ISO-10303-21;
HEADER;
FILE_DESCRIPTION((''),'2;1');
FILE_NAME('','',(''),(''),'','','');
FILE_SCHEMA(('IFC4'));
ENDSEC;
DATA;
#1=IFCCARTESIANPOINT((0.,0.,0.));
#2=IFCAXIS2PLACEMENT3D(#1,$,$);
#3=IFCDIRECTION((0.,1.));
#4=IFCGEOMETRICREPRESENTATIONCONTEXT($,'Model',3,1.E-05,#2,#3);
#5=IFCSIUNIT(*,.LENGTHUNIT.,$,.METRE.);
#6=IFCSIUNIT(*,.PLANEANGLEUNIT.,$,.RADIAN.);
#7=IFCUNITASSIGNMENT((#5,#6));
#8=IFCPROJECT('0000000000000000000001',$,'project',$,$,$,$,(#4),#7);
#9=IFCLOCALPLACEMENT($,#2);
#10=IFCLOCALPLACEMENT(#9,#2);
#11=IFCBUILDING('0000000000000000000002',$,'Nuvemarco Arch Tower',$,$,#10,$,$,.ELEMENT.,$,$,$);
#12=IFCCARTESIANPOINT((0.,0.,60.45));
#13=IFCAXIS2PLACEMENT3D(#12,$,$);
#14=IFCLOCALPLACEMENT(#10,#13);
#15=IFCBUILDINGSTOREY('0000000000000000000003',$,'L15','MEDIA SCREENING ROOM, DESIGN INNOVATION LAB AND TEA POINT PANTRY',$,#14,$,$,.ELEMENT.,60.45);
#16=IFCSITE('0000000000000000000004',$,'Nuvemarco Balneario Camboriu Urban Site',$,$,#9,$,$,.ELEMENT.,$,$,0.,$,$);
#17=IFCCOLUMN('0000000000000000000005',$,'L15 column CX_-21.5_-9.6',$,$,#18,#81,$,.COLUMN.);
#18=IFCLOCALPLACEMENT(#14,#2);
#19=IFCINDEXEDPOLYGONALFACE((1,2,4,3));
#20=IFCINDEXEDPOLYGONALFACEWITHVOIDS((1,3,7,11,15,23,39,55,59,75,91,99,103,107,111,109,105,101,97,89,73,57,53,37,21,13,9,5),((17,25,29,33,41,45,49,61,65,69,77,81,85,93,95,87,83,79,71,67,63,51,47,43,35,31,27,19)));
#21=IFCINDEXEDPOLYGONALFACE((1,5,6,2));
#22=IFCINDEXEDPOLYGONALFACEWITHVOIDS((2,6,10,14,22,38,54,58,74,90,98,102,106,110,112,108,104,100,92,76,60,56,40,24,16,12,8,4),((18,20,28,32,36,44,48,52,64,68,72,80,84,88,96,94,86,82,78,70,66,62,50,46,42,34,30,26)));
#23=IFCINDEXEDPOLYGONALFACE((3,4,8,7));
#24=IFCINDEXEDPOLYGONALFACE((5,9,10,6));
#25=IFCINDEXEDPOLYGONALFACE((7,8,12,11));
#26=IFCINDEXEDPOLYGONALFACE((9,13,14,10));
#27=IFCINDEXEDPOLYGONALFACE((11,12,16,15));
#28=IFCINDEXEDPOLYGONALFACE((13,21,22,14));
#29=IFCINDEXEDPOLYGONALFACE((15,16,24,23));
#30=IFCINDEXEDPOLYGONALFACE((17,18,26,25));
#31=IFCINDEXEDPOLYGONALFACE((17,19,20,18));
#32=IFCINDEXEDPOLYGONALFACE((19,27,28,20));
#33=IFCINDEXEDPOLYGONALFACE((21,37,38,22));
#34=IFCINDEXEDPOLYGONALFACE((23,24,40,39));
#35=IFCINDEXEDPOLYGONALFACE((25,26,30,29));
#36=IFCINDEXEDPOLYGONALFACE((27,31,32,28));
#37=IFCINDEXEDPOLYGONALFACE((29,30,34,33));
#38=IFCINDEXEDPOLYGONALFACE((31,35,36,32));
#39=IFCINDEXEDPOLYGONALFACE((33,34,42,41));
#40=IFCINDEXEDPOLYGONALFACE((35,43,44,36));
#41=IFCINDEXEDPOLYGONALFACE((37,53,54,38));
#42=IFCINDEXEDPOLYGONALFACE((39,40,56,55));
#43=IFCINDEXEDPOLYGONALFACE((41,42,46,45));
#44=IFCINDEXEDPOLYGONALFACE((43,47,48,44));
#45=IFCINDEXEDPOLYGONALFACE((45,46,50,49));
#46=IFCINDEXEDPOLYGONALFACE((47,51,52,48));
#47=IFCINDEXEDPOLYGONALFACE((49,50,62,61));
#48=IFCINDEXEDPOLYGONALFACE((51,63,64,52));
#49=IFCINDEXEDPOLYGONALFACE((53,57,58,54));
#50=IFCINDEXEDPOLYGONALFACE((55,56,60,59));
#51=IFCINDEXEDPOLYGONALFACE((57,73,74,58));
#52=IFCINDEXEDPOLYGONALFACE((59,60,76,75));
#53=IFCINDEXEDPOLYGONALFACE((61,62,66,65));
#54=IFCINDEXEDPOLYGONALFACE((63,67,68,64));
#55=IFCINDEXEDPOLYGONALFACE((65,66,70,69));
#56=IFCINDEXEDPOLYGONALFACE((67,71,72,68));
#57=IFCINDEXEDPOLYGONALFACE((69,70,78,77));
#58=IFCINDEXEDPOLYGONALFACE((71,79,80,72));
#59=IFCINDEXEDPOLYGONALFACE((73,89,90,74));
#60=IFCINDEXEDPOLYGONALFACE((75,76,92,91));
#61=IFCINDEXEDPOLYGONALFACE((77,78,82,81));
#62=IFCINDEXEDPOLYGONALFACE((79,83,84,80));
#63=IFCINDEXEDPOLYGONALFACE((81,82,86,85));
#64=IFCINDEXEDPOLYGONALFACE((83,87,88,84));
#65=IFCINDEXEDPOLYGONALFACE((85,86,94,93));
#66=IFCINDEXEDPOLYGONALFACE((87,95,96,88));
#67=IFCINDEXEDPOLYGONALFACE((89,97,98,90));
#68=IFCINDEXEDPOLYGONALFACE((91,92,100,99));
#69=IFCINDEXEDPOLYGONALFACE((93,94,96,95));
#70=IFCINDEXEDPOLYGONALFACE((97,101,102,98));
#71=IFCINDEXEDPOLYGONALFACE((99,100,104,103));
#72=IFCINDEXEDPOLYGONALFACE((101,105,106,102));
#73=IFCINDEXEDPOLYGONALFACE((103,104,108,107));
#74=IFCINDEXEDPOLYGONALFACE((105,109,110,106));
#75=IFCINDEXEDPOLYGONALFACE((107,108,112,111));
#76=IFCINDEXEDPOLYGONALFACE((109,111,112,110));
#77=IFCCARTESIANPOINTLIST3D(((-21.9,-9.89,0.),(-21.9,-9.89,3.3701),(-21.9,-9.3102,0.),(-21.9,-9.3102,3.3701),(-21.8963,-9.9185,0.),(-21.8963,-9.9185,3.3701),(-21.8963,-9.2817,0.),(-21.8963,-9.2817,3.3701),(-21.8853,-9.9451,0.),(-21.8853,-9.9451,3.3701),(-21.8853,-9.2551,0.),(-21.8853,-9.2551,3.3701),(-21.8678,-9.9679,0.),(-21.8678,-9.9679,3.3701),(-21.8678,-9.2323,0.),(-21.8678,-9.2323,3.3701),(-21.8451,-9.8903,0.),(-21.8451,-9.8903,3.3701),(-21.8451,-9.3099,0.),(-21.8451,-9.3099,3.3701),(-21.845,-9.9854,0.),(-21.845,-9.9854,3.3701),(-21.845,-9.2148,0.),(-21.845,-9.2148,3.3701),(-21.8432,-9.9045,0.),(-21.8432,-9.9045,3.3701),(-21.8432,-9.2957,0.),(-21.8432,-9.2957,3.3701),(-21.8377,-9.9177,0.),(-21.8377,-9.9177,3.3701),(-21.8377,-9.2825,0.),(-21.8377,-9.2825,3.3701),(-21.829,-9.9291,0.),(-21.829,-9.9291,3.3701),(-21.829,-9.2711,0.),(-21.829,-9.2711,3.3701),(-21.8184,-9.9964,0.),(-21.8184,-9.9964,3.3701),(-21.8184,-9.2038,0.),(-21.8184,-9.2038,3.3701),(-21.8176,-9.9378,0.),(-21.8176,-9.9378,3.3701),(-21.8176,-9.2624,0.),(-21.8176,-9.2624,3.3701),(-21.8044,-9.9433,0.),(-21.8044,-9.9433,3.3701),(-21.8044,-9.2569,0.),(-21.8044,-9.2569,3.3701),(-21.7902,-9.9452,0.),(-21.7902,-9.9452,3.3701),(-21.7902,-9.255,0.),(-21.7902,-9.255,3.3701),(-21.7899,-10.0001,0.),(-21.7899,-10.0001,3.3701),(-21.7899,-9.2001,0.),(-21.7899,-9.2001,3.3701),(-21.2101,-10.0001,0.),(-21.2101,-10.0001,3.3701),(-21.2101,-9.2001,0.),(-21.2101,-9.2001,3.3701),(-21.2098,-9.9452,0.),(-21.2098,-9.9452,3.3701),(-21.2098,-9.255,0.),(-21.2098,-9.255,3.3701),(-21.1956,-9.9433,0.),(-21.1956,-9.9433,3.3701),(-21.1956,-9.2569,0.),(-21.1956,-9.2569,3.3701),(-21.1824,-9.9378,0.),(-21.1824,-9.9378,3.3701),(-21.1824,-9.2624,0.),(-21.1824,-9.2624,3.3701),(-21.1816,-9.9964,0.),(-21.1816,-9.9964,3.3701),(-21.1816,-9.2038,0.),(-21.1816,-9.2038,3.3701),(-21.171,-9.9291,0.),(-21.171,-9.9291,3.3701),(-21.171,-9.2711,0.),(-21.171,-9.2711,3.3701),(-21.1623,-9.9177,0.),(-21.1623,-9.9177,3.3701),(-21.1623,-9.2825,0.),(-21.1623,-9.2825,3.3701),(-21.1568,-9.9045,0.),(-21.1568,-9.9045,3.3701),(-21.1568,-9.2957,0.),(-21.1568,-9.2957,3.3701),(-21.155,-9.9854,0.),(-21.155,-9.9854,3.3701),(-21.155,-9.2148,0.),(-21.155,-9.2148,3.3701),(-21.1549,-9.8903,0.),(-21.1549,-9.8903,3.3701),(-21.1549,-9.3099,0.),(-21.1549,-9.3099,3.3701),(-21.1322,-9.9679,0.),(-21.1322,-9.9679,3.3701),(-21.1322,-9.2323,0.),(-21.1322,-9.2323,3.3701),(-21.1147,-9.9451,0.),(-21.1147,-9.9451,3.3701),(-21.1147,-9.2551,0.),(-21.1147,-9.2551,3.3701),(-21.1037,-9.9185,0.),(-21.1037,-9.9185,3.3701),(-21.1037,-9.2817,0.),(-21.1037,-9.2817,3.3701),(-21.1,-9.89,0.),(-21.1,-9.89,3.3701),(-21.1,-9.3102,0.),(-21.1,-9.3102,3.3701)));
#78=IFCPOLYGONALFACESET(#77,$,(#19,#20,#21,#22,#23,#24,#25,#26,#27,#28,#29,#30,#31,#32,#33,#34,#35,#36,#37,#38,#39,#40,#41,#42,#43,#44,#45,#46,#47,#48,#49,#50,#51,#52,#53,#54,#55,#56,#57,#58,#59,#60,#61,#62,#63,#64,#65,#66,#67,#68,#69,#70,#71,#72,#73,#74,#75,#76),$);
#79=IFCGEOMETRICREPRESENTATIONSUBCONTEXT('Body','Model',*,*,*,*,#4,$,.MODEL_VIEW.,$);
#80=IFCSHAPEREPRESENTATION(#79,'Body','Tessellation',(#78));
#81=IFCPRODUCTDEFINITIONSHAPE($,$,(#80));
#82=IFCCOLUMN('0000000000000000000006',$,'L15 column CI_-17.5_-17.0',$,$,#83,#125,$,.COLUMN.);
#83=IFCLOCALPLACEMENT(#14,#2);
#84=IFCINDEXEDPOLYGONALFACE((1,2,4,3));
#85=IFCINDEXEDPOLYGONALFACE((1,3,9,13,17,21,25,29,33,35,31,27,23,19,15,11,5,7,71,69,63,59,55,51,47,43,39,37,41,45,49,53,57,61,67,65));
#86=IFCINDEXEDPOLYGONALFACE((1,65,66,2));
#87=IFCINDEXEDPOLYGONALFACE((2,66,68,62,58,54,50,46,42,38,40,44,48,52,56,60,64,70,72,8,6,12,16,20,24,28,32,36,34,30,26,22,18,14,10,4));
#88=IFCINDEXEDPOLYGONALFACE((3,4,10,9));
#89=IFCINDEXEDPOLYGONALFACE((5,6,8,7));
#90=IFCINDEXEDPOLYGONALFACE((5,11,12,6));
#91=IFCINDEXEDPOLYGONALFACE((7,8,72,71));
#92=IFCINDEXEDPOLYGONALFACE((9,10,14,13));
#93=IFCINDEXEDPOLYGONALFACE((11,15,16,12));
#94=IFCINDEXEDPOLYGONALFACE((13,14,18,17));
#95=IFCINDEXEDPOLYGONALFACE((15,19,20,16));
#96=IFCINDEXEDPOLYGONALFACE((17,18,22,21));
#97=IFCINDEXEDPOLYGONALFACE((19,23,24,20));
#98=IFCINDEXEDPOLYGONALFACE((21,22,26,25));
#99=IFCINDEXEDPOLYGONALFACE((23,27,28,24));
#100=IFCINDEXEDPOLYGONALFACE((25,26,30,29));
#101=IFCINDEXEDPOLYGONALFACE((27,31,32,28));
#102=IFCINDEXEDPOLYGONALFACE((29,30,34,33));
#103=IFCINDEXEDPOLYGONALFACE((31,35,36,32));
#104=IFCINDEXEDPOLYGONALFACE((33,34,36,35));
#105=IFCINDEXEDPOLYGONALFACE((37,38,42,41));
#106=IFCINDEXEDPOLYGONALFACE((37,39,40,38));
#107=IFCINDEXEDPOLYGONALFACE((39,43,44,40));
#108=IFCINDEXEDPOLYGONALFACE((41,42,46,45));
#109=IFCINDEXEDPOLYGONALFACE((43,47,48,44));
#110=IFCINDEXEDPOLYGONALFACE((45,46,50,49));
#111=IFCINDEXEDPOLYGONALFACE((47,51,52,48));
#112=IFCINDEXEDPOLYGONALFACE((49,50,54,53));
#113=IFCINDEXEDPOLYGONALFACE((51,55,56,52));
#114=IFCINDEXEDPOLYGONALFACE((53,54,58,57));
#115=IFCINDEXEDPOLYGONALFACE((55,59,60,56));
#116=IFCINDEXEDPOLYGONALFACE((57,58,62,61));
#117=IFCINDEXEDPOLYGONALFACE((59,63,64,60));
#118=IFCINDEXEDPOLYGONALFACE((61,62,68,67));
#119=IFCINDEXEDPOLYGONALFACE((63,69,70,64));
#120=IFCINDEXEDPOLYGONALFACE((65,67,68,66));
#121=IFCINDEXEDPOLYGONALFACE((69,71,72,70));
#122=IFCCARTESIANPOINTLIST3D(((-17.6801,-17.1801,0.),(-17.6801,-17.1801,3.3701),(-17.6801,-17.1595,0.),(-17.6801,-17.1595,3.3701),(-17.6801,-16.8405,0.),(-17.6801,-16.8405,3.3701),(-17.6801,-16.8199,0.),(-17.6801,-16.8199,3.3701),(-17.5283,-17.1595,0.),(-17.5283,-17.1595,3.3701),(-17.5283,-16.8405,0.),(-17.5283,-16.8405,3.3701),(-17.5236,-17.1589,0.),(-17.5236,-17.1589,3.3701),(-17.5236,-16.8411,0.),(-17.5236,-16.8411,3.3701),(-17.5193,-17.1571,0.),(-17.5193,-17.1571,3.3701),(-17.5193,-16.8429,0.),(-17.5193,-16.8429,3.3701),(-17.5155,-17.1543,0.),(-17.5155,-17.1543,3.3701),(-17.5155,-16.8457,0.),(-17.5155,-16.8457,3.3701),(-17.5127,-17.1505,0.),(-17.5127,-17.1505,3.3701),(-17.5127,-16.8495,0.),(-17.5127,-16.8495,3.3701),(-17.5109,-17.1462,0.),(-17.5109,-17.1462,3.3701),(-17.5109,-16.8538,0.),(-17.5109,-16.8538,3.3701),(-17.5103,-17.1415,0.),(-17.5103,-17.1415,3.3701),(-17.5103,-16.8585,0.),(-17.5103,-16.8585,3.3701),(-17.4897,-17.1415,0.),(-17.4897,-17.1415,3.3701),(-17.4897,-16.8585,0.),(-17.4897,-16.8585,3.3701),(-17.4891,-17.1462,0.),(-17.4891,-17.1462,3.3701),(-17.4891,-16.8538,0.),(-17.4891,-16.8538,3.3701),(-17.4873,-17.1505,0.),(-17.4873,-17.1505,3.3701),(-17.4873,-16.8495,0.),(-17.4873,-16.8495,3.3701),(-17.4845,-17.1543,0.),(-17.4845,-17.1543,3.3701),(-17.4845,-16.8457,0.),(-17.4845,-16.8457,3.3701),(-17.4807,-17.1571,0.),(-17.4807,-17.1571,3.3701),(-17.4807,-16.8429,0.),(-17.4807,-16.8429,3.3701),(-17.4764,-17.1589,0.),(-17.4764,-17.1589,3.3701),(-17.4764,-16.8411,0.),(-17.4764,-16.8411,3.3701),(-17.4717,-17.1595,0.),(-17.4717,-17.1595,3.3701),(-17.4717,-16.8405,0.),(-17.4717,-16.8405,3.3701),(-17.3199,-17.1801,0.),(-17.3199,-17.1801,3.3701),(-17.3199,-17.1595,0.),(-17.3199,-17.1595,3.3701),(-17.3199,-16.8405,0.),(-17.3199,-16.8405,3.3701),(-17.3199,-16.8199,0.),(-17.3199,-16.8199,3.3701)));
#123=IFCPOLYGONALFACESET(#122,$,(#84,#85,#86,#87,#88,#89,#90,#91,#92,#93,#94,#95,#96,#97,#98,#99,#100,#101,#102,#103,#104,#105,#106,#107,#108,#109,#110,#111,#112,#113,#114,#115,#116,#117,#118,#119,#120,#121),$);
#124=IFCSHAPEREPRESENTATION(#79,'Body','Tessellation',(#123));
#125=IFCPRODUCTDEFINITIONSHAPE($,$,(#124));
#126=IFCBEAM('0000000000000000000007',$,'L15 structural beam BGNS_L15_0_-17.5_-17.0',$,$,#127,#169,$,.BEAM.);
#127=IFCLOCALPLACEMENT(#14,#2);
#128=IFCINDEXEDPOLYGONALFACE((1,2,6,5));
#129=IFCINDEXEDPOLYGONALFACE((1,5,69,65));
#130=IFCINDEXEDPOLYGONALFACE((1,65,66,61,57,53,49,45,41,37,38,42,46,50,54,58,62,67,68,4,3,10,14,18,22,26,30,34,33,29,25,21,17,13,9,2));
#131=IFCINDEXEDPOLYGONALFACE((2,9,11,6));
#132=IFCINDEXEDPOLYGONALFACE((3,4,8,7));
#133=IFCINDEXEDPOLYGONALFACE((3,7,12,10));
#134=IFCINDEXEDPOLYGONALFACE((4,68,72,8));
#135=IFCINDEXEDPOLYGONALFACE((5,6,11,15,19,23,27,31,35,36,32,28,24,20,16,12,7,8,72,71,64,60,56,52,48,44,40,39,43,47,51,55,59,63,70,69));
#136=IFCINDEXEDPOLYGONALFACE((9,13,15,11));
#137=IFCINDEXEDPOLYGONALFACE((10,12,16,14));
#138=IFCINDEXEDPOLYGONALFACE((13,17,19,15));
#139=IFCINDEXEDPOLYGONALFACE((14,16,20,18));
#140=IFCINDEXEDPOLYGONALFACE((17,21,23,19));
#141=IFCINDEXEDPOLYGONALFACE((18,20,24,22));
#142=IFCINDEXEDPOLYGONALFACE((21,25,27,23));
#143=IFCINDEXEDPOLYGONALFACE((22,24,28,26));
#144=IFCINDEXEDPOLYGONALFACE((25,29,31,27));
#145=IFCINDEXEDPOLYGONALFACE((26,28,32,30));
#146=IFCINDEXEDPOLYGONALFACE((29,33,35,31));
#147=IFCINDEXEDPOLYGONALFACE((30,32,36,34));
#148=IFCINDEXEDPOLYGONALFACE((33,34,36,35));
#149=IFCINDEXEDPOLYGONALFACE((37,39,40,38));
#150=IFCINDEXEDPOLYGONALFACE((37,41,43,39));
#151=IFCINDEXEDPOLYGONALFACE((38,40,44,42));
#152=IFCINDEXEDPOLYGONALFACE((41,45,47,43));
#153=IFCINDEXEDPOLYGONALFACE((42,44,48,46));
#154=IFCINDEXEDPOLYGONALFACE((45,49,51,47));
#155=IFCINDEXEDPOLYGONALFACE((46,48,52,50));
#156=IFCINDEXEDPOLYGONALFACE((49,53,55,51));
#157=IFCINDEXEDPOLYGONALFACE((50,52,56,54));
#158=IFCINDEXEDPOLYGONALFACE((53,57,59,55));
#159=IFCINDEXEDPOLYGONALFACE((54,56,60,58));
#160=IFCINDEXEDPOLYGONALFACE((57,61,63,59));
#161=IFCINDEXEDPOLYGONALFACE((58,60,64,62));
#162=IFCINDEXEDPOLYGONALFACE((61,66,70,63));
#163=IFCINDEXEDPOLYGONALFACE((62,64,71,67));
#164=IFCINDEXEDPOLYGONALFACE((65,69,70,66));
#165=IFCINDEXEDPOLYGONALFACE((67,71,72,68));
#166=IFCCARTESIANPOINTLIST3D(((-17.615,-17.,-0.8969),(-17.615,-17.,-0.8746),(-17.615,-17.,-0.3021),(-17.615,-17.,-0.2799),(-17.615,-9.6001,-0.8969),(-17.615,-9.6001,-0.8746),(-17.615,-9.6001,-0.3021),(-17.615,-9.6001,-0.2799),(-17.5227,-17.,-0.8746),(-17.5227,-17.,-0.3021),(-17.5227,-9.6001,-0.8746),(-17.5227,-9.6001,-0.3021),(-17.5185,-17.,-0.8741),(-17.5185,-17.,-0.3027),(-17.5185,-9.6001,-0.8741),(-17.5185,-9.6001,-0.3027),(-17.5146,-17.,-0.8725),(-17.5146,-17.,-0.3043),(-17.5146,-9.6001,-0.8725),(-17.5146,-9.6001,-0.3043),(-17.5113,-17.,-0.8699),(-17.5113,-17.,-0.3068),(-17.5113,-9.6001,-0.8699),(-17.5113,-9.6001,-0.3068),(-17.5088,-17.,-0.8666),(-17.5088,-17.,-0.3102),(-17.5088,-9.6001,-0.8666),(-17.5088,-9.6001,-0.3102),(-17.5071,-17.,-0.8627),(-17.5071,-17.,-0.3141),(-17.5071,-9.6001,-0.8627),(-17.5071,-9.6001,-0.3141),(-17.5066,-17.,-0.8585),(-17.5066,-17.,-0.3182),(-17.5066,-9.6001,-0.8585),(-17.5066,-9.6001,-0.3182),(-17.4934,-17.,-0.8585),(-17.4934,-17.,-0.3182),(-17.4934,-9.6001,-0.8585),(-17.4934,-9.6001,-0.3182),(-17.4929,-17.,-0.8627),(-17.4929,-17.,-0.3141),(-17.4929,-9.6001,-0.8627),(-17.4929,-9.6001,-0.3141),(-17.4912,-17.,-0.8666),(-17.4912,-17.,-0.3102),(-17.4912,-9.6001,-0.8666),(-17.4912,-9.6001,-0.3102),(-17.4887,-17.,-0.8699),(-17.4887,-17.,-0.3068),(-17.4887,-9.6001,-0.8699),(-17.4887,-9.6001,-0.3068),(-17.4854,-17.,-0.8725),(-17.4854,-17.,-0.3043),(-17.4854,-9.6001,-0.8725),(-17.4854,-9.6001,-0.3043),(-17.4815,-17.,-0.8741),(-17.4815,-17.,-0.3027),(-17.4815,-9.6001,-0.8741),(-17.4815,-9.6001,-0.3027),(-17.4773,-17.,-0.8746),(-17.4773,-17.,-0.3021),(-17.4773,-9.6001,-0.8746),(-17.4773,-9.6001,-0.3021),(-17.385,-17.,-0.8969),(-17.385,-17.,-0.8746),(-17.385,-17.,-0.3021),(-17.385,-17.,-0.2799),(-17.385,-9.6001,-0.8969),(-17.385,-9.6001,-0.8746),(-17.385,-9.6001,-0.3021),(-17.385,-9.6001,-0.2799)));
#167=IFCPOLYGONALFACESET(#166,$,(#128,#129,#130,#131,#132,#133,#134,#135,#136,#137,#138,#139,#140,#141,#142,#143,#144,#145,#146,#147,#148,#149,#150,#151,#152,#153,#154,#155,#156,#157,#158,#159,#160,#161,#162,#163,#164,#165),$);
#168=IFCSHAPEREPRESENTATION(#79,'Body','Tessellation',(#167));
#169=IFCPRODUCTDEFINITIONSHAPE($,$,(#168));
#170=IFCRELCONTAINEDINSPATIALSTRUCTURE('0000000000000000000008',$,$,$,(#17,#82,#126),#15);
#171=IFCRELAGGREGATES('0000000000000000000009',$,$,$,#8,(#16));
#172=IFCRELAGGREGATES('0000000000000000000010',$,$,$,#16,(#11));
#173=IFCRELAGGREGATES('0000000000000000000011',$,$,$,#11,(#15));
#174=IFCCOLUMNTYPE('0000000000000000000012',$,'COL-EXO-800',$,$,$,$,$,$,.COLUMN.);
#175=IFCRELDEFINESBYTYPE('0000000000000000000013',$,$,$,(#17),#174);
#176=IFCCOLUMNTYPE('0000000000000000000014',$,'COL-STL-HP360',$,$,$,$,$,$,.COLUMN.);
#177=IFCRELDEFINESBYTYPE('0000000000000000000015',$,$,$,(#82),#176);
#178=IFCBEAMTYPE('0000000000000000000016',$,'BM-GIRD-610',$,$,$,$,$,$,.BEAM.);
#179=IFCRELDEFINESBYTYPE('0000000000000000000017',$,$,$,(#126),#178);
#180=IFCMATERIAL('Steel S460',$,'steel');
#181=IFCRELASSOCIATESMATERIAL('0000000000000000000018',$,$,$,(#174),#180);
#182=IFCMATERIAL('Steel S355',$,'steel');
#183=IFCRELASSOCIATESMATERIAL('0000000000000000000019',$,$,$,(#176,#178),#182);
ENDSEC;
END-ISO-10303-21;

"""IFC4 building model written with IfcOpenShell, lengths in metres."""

from ifc_helpers import new_model, si_unit, direction, frame, origin, origin_2d, place, context, subcontext, project, spatial, hollow_rectangle, i_section, extrude, material, material_profile, profile_set, type_object, element, save


model = new_model("IFC4")

# Units and contexts
model_context = context("Model", 3, precision=1e-05, world=origin(), true_north=direction((0.0, 1.0)))
body_context = subcontext(model_context, "Body", "Model", "MODEL_VIEW")
ifc_project = project(units=[si_unit("LENGTHUNIT", "METRE"), si_unit("PLANEANGLEUNIT", "RADIAN")], contexts=[model_context])

# Site, building, storey
site_placement = place(None, origin())
site = spatial("IfcSite", under=ifc_project, at=site_placement, Name="Nuvemarco Balneario Camboriu Urban Site", CompositionType="ELEMENT", RefElevation=0.0)
building_placement = place(site_placement, origin())
building = spatial("IfcBuilding", under=site, at=building_placement, Name="Nuvemarco Arch Tower", CompositionType="ELEMENT")
storey_placement = place(building_placement, frame((0.0, 0.0, 60.45)))
storey = spatial("IfcBuildingStorey", under=building, at=storey_placement, Name="L15", Description="MEDIA SCREENING ROOM, DESIGN INNOVATION LAB AND TEA POINT PANTRY", CompositionType="ELEMENT", Elevation=60.45)

# Columns
ifc_material_1 = material(Name="Steel S460", Category="steel")
ifc_material_profile_1 = material_profile(ifc_material_1, hollow_rectangle(XDim=0.8, YDim=0.8, WallThickness=0.0549, InnerFilletRadius=0.0549, OuterFilletRadius=0.1101, at=origin_2d()), Name="SHS800x800x55")
ifc_profile_set_1 = profile_set([ifc_material_profile_1], Name="Steel S460")
column_type_1 = type_object("IfcColumnType", Name="COL-EXO-800", PredefinedType="COLUMN", material=ifc_profile_set_1)
column_1_placement = place(storey_placement, frame((-21.5, -9.6001, 0.0), z_axis=(0.0, 0.0, 1.0), x_axis=(1.0, 0.0, 0.0)))
element("IfcColumn", 1, at=column_1_placement, inside=storey, type_object=column_type_1, Name="L15 column CX_-21.5_-9.6", PredefinedType="COLUMN", context=body_context, shape_type="SweptSolid", body=[
    extrude(hollow_rectangle(XDim=0.8, YDim=0.8, WallThickness=0.0549, InnerFilletRadius=0.0549, OuterFilletRadius=0.1101, at=origin_2d()), origin(), (0.0, 0.0, 1.0), 3.3701),
])
ifc_material_2 = material(Name="Steel S355", Category="steel")
ifc_material_profile_2 = material_profile(ifc_material_2, i_section(OverallWidth=0.3601, OverallDepth=0.3601, WebThickness=0.0205, FlangeThickness=0.0205, FilletRadius=0.0181, at=origin_2d()), Name="HP360x174")
ifc_profile_set_2 = profile_set([ifc_material_profile_2], Name="Steel S355")
column_type_2 = type_object("IfcColumnType", Name="COL-STL-HP360", PredefinedType="COLUMN", material=ifc_profile_set_2)
column_2_placement = place(storey_placement, frame((-17.5, -17.0, 0.0), z_axis=(0.0, 0.0, 1.0), x_axis=(1.0, 0.0, 0.0)))
element("IfcColumn", 2, at=column_2_placement, inside=storey, type_object=column_type_2, Name="L15 column CI_-17.5_-17.0", PredefinedType="COLUMN", context=body_context, shape_type="SweptSolid", body=[
    extrude(i_section(OverallWidth=0.3601, OverallDepth=0.3601, WebThickness=0.0205, FlangeThickness=0.0205, FilletRadius=0.0181, at=origin_2d()), origin(), (0.0, 0.0, 1.0), 3.3701),
])

# Beam
ifc_material_profile_3 = material_profile(ifc_material_2, i_section(OverallWidth=0.23, OverallDepth=0.6169, WebThickness=0.0132, FlangeThickness=0.0222, FilletRadius=0.0161, at=origin_2d()), Name="W610x140")
ifc_profile_set_3 = profile_set([ifc_material_profile_3], Name="Steel S355")
beam_type_1 = type_object("IfcBeamType", Name="BM-GIRD-610", PredefinedType="BEAM", material=ifc_profile_set_3)
beam_1_placement = place(storey_placement, frame((-17.5, -17.0, -0.5884), z_axis=(0.0, 1.0, 0.0), x_axis=(-1.0, 0.0, 0.0)))
element("IfcBeam", 3, at=beam_1_placement, inside=storey, type_object=beam_type_1, Name="L15 structural beam BGNS_L15_0_-17.5_-17.0", PredefinedType="BEAM", context=body_context, shape_type="SweptSolid", body=[
    extrude(i_section(OverallWidth=0.23, OverallDepth=0.6169, WebThickness=0.0132, FlangeThickness=0.0222, FilletRadius=0.0161, at=origin_2d()), origin(), (0.0, 0.0, 1.0), 7.3999),
])

save(model, "model.ifc")
